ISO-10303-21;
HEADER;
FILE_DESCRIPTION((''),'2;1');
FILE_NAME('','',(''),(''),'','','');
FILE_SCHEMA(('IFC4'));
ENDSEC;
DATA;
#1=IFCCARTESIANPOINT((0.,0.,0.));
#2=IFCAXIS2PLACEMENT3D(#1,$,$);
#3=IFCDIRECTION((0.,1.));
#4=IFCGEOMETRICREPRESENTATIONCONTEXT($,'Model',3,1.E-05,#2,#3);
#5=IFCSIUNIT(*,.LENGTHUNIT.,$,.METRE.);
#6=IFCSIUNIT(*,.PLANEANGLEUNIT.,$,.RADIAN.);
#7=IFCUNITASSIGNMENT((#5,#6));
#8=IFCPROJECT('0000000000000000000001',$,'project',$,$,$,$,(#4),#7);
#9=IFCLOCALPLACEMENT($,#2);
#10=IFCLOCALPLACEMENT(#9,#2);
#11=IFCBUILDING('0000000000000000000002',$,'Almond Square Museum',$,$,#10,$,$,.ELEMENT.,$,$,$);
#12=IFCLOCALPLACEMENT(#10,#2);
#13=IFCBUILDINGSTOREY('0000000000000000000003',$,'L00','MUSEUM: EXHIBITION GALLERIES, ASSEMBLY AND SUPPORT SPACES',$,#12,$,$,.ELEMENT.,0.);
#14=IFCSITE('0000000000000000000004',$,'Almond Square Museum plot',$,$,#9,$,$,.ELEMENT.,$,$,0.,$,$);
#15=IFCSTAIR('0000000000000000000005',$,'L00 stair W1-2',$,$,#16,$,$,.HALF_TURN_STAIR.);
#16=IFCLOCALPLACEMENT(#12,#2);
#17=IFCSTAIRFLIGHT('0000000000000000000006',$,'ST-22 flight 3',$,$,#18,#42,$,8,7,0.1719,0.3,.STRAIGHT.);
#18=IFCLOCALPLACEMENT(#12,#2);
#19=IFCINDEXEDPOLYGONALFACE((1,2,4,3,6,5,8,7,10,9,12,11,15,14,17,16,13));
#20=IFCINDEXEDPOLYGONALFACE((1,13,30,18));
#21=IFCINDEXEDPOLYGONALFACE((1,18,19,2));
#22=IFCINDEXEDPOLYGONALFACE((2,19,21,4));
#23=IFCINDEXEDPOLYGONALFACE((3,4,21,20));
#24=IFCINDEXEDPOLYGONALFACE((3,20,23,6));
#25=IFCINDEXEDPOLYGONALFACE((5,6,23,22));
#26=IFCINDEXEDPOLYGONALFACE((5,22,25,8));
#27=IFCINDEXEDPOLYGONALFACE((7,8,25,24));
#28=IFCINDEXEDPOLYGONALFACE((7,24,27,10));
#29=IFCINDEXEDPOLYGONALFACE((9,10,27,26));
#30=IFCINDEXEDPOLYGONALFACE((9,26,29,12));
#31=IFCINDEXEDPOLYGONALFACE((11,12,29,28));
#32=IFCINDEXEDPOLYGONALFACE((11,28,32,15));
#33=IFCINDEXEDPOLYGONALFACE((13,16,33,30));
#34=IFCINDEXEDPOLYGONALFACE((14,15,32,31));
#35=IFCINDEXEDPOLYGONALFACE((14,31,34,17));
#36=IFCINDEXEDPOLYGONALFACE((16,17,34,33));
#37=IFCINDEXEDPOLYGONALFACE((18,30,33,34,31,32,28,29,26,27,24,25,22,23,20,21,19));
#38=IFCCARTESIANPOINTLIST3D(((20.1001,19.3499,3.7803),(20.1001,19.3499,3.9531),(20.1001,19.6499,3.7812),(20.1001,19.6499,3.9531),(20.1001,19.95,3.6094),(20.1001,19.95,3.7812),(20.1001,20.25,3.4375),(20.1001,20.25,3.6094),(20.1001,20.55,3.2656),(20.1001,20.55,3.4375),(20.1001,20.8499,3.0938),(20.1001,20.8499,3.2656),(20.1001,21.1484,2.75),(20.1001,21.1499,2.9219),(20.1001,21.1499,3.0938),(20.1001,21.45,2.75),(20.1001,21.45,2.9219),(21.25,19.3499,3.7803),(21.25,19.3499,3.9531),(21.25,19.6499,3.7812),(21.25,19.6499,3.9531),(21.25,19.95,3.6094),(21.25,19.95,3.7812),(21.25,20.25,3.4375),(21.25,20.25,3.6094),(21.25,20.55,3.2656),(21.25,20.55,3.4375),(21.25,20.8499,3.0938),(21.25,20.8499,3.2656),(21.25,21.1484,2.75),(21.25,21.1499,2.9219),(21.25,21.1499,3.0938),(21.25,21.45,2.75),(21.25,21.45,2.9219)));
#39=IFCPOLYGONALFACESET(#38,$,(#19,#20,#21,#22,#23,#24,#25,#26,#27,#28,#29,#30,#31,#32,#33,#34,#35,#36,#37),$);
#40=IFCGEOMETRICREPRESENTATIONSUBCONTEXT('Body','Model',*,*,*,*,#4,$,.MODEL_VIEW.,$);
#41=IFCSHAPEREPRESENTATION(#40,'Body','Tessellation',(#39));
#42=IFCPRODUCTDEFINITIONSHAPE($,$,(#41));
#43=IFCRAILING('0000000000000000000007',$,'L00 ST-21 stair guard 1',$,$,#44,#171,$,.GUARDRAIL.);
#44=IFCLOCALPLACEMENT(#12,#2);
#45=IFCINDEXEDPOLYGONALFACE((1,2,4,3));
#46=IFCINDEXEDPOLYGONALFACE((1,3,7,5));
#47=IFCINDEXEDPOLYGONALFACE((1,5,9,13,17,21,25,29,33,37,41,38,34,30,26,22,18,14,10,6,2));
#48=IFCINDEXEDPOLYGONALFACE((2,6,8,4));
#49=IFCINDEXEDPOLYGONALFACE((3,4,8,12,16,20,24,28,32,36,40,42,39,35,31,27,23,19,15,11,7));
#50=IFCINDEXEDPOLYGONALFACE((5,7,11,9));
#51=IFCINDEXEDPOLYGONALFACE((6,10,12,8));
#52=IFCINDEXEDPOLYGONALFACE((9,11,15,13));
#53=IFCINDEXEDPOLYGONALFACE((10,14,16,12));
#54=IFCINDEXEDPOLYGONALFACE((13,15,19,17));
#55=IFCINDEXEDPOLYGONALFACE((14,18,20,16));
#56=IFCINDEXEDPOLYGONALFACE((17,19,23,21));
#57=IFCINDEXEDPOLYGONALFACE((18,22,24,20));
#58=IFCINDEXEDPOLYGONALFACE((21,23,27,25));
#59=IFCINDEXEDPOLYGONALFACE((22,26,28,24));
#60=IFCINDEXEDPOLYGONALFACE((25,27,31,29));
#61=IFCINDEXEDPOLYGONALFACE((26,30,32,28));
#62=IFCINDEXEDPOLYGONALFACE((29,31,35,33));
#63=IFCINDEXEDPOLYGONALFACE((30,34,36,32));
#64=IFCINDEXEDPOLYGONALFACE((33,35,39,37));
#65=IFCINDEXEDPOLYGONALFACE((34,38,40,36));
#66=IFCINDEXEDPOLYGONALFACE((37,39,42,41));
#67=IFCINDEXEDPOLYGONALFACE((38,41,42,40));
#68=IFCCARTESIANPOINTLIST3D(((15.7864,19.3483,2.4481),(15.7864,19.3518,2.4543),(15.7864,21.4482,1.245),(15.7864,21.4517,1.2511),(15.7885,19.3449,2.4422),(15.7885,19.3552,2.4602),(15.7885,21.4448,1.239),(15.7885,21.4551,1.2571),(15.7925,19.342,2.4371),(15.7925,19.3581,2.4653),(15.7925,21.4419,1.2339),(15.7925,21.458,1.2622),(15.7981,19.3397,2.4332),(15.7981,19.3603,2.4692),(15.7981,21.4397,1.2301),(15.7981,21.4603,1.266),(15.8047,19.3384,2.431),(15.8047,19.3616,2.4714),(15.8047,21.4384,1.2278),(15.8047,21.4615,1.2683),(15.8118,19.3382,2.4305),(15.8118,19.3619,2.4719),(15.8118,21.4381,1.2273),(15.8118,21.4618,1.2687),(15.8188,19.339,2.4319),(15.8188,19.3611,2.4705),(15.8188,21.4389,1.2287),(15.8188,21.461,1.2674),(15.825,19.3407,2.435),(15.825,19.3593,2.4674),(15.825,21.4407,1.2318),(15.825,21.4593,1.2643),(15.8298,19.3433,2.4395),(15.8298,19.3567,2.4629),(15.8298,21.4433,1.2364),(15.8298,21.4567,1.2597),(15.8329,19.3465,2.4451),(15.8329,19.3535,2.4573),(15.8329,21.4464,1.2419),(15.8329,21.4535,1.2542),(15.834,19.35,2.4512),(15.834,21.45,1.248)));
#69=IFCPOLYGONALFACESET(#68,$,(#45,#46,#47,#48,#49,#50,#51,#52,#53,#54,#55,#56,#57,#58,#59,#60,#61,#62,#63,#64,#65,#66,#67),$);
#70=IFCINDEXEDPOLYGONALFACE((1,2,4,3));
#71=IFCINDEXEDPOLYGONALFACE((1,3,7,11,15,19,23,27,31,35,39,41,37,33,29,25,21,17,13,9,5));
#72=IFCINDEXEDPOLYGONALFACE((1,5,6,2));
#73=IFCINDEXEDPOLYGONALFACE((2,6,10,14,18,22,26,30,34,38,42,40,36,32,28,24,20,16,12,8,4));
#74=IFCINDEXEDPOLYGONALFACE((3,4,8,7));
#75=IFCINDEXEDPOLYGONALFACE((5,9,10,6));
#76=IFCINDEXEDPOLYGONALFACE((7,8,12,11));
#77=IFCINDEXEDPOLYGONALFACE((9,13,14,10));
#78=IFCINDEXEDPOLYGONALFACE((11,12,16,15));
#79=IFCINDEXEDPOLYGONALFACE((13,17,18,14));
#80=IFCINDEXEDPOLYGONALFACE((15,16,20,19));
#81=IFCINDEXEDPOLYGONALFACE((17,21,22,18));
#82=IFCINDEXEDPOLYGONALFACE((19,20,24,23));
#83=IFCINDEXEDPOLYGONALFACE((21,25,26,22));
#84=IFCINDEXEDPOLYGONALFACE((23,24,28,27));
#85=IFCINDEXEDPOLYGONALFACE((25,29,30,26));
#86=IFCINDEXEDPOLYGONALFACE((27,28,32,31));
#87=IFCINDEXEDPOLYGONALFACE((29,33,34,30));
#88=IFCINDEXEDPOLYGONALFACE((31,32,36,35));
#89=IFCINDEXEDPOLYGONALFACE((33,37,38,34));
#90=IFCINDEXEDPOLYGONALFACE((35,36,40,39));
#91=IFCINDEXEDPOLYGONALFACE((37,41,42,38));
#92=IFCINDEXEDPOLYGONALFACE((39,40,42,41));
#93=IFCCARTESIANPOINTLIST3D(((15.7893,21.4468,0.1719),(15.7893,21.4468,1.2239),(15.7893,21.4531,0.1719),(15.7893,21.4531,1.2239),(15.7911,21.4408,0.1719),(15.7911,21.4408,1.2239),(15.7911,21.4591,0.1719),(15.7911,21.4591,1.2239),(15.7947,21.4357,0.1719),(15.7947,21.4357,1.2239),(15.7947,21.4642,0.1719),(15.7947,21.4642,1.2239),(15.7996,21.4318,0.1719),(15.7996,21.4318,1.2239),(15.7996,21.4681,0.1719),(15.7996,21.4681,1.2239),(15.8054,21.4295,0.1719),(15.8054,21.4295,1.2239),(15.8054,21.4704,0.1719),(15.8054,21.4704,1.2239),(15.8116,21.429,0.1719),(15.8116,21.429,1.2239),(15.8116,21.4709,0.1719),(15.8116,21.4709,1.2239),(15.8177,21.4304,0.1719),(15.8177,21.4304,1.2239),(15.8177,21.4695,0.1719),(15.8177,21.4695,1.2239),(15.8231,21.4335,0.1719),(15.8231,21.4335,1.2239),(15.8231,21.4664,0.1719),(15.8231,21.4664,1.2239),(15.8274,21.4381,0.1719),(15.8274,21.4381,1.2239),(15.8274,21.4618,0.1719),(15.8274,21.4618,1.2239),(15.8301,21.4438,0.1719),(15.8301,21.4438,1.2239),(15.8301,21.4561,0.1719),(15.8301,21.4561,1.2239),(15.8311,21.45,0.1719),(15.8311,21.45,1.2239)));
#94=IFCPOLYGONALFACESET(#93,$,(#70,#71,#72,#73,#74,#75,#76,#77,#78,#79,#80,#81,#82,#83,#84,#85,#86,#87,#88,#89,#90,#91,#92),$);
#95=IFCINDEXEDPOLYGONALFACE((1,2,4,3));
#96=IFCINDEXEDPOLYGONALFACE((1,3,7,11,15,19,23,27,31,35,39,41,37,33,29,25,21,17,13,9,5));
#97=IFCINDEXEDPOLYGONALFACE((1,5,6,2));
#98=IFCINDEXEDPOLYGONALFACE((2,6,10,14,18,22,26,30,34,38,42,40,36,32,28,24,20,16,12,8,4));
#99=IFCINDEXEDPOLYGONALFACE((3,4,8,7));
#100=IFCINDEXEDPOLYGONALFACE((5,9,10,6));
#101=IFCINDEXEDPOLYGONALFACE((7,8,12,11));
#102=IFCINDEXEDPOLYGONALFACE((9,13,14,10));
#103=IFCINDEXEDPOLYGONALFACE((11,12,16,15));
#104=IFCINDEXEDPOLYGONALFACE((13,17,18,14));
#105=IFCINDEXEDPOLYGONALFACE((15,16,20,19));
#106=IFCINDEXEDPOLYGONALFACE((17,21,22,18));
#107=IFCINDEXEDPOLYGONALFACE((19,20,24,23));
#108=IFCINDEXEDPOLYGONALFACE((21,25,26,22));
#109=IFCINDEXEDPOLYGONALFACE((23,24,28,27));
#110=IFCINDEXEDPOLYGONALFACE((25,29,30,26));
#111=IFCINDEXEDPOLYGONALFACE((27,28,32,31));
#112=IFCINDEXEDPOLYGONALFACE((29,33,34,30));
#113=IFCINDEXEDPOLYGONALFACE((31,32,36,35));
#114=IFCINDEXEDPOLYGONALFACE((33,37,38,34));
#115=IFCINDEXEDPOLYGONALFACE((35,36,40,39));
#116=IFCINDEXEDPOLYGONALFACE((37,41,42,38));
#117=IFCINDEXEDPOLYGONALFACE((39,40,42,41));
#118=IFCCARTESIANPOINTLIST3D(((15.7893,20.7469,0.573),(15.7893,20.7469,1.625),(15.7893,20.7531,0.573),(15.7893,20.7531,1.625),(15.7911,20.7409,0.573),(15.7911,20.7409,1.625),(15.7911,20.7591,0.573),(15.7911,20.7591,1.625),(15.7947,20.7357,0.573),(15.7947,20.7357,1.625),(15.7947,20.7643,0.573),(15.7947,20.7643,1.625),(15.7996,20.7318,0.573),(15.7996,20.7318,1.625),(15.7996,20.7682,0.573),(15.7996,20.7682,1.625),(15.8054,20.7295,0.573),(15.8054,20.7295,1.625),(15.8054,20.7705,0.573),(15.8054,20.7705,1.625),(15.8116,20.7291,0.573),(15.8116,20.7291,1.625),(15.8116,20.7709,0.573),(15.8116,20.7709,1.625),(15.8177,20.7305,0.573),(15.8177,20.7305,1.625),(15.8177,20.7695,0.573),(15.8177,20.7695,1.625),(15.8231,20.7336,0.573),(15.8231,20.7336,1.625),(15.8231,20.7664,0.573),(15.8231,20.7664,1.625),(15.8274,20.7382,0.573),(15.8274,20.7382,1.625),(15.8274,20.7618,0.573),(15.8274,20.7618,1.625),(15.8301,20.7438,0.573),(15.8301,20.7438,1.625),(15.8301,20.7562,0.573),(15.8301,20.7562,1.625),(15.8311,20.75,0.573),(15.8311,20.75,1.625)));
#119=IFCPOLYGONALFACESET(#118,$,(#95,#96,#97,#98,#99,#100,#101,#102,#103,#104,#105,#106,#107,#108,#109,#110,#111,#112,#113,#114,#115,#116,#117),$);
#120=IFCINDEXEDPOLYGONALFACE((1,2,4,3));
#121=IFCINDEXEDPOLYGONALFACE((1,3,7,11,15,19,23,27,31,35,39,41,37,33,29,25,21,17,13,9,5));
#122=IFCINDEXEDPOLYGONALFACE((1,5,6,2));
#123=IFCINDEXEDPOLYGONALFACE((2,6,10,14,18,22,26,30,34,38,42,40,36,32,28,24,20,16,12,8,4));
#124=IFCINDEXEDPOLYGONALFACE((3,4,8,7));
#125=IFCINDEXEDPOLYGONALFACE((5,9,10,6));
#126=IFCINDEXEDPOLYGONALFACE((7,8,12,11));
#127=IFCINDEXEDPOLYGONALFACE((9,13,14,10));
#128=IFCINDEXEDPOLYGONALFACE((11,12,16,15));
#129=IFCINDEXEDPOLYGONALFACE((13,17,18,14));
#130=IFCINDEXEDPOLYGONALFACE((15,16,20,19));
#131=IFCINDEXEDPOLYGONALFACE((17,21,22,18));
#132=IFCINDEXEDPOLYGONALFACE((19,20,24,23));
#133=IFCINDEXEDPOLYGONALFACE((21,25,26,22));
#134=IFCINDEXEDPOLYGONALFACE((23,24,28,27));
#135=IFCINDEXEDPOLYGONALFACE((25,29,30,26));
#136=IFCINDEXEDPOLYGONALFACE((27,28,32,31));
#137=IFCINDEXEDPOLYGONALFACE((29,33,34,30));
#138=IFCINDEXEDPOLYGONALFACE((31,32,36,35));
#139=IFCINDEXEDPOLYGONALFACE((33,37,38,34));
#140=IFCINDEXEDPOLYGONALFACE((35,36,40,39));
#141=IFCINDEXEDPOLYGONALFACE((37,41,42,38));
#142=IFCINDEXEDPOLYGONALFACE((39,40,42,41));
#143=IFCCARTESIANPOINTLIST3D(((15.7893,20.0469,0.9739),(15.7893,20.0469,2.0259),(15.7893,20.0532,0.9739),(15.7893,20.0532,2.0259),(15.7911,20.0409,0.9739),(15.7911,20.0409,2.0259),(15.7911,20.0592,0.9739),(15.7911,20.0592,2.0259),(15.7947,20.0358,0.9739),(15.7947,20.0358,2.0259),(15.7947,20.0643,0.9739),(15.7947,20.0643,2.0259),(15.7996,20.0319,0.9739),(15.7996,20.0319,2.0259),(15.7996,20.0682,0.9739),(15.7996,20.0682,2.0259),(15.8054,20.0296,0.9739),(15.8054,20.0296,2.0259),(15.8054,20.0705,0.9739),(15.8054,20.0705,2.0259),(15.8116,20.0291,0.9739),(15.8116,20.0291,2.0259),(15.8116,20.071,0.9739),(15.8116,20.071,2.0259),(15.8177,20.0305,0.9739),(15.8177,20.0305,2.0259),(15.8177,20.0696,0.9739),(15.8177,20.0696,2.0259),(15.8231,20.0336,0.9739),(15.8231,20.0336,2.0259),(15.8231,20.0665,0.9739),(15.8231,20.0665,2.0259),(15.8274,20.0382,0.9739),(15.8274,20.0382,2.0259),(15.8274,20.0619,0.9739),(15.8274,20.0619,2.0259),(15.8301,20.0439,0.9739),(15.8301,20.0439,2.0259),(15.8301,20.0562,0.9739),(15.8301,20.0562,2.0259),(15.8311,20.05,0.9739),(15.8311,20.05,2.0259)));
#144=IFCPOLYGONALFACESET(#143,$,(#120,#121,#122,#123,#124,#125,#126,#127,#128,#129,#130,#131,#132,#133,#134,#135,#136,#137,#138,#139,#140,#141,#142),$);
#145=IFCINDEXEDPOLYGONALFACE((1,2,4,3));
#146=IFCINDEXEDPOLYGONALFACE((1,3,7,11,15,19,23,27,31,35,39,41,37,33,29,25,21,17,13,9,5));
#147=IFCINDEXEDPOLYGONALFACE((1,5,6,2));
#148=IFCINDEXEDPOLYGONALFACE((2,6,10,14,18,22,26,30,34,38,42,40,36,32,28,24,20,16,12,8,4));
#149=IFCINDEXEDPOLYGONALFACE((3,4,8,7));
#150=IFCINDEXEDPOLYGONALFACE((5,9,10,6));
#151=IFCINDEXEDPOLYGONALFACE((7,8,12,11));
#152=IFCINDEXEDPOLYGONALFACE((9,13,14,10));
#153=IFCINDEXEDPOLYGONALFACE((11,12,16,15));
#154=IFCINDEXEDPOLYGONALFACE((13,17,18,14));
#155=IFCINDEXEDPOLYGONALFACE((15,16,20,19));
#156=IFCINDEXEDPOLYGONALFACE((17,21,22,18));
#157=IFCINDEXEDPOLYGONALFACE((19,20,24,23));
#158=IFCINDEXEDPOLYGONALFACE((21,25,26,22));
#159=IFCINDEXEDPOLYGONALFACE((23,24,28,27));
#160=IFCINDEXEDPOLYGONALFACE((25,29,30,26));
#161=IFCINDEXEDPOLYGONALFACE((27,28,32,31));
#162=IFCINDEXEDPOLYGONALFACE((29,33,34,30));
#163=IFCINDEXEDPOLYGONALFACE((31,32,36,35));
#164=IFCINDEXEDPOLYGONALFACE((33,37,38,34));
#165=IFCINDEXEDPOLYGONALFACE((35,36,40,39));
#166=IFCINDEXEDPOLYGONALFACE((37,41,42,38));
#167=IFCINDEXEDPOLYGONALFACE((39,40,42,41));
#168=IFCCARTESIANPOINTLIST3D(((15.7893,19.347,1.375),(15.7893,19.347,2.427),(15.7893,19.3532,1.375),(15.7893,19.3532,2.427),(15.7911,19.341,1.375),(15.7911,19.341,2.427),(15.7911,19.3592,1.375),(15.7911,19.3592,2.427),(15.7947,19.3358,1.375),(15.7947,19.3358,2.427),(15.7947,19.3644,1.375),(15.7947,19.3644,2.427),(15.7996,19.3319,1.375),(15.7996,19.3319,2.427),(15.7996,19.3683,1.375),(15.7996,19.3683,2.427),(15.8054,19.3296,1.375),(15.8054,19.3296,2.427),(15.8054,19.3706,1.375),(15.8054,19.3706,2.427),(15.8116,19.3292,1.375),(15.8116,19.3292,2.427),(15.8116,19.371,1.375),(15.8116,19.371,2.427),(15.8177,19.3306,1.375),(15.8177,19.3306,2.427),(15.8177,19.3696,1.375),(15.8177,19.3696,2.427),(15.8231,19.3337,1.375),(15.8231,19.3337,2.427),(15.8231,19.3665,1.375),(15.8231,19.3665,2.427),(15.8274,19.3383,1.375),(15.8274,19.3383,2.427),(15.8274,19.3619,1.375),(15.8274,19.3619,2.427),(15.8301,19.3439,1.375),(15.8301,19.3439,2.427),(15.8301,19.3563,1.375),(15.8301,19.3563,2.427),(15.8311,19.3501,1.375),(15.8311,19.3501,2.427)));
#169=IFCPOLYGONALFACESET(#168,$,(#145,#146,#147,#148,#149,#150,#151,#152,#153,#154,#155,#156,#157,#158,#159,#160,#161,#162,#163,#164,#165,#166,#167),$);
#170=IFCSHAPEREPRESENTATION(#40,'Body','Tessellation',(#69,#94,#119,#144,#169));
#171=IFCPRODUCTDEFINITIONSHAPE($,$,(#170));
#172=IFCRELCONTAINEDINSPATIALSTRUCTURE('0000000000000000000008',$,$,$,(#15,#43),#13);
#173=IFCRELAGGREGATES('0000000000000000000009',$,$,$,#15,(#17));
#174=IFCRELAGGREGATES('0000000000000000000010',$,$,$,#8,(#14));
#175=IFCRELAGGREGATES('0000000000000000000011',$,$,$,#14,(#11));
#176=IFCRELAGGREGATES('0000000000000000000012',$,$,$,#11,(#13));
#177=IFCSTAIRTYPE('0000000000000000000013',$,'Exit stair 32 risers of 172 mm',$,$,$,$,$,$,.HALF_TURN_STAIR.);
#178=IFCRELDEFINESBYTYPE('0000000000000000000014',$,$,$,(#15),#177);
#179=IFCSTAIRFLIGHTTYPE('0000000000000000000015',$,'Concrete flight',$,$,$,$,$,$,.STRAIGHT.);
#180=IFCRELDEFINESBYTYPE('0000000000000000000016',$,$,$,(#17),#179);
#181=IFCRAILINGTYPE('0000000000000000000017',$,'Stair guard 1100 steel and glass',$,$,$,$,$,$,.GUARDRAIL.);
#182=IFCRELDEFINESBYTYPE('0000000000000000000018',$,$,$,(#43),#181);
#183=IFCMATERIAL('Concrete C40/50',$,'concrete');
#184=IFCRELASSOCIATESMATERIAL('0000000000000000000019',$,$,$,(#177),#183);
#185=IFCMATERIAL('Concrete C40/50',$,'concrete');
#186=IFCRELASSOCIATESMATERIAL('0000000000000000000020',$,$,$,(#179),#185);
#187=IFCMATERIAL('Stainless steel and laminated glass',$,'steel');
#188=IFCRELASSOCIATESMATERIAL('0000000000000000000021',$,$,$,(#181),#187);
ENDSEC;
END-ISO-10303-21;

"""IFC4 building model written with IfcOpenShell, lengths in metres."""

from ifc_helpers import new_model, si_unit, direction, frame, origin, origin_2d, place, context, subcontext, project, spatial, polyline, circle, outline, extrude, material, type_object, element, aggregate, save


model = new_model("IFC4")

# Units and contexts
model_context = context("Model", 3, precision=1e-05, world=origin(), true_north=direction((0.0, 1.0)))
body_context = subcontext(model_context, "Body", "Model", "MODEL_VIEW")
ifc_project = project(units=[si_unit("LENGTHUNIT", "METRE"), si_unit("PLANEANGLEUNIT", "RADIAN")], contexts=[model_context])

# Site, building, storey
site_placement = place(None, origin())
site = spatial("IfcSite", under=ifc_project, at=site_placement, Name="Almond Square Museum plot", CompositionType="ELEMENT", RefElevation=0.0)
building_placement = place(site_placement, origin())
building = spatial("IfcBuilding", under=site, at=building_placement, Name="Almond Square Museum", CompositionType="ELEMENT")
storey_placement = place(building_placement, origin())
storey = spatial("IfcBuildingStorey", under=building, at=storey_placement, Name="L00", Description="MUSEUM: EXHIBITION GALLERIES, ASSEMBLY AND SUPPORT SPACES", CompositionType="ELEMENT", Elevation=0.0)

# Stair, stair flight
ifc_material_1 = material(Name="Concrete C40/50", Category="concrete")
stair_type = type_object("IfcStairType", Name="Exit stair 32 risers of 172 mm", PredefinedType="HALF_TURN_STAIR", material=ifc_material_1)
stair_placement = place(storey_placement, origin())
stair = element("IfcStair", 1, at=stair_placement, inside=storey, type_object=stair_type, Name="L00 stair W1-2", PredefinedType="HALF_TURN_STAIR")
ifc_material_2 = material(Name="Concrete C40/50", Category="concrete")
stair_flight_type = type_object("IfcStairFlightType", Name="Concrete flight", PredefinedType="STRAIGHT", material=ifc_material_2)
stair_flight_1_placement = place(storey_placement, frame((20.675, 21.45, 2.75), z_axis=(0.0, 0.0, 1.0), x_axis=(0.0, -1.0, 0.0)))
stair_flight_1 = element("IfcStairFlight", 2, at=stair_flight_1_placement, type_object=stair_flight_type, Name="ST-22 flight 3", NumberOfRisers=8, NumberOfTreads=7, PredefinedType="STRAIGHT", RiserHeight=0.1719, TreadLength=0.3, context=body_context, shape_type="SweptSolid", body=[
    extrude(outline(polyline([(0.0, 0.0), (0.0, 0.1719), (0.3, 0.1719), (0.3, 0.3438), (0.6001, 0.3438), (0.6001, 0.5156), (0.8999, 0.5156), (0.8999, 0.6875), (1.2, 0.6875), (1.2, 0.8594), (1.5, 0.8594), (1.5, 1.0312), (1.8, 1.0312), (1.8, 1.2031), (2.1001, 1.2031), (2.1001, 1.375), (2.1001, 1.0303), (0.3015, 0.0), (0.0, 0.0)])), frame((0.0, 0.575, 0.0), z_axis=(0.0, -1.0, 0.0), x_axis=(1.0, 0.0, 0.0)), (0.0, 0.0, 1.0), 1.1499),
])
aggregate(stair, [stair_flight_1])

# Railing
ifc_material_3 = material(Name="Stainless steel and laminated glass", Category="steel")
railing_type_1 = type_object("IfcRailingType", Name="Stair guard 1100 steel and glass", PredefinedType="GUARDRAIL", material=ifc_material_3)
railing_1_placement = place(storey_placement, frame((15.8101, 21.45, 0.1719)))
element("IfcRailing", 3, at=railing_1_placement, inside=storey, type_object=railing_type_1, Name="L00 ST-21 stair guard 1", PredefinedType="GUARDRAIL", context=body_context, shape_type="SweptSolid", body=[
    extrude(circle(Radius=0.0239, at=origin_2d()), frame((0.0, 0.0, 1.0762), z_axis=(0.0, -0.867671, 0.497138), x_axis=(1.0, 0.0, 0.0)), (0.0, 0.0, 1.0), 2.4202),
    extrude(circle(Radius=0.021, at=origin_2d()), origin(), (0.0, 0.0, 1.0), 1.052),
    extrude(circle(Radius=0.021, at=origin_2d()), frame((0.0, -0.7, 0.4011)), (0.0, 0.0, 1.0), 1.052),
    extrude(circle(Radius=0.021, at=origin_2d()), frame((0.0, -1.3999, 0.802)), (0.0, 0.0, 1.0), 1.052),
    extrude(circle(Radius=0.021, at=origin_2d()), frame((0.0, -2.0999, 1.2031)), (0.0, 0.0, 1.0), 1.052),
])

save(model, "model.ifc")
